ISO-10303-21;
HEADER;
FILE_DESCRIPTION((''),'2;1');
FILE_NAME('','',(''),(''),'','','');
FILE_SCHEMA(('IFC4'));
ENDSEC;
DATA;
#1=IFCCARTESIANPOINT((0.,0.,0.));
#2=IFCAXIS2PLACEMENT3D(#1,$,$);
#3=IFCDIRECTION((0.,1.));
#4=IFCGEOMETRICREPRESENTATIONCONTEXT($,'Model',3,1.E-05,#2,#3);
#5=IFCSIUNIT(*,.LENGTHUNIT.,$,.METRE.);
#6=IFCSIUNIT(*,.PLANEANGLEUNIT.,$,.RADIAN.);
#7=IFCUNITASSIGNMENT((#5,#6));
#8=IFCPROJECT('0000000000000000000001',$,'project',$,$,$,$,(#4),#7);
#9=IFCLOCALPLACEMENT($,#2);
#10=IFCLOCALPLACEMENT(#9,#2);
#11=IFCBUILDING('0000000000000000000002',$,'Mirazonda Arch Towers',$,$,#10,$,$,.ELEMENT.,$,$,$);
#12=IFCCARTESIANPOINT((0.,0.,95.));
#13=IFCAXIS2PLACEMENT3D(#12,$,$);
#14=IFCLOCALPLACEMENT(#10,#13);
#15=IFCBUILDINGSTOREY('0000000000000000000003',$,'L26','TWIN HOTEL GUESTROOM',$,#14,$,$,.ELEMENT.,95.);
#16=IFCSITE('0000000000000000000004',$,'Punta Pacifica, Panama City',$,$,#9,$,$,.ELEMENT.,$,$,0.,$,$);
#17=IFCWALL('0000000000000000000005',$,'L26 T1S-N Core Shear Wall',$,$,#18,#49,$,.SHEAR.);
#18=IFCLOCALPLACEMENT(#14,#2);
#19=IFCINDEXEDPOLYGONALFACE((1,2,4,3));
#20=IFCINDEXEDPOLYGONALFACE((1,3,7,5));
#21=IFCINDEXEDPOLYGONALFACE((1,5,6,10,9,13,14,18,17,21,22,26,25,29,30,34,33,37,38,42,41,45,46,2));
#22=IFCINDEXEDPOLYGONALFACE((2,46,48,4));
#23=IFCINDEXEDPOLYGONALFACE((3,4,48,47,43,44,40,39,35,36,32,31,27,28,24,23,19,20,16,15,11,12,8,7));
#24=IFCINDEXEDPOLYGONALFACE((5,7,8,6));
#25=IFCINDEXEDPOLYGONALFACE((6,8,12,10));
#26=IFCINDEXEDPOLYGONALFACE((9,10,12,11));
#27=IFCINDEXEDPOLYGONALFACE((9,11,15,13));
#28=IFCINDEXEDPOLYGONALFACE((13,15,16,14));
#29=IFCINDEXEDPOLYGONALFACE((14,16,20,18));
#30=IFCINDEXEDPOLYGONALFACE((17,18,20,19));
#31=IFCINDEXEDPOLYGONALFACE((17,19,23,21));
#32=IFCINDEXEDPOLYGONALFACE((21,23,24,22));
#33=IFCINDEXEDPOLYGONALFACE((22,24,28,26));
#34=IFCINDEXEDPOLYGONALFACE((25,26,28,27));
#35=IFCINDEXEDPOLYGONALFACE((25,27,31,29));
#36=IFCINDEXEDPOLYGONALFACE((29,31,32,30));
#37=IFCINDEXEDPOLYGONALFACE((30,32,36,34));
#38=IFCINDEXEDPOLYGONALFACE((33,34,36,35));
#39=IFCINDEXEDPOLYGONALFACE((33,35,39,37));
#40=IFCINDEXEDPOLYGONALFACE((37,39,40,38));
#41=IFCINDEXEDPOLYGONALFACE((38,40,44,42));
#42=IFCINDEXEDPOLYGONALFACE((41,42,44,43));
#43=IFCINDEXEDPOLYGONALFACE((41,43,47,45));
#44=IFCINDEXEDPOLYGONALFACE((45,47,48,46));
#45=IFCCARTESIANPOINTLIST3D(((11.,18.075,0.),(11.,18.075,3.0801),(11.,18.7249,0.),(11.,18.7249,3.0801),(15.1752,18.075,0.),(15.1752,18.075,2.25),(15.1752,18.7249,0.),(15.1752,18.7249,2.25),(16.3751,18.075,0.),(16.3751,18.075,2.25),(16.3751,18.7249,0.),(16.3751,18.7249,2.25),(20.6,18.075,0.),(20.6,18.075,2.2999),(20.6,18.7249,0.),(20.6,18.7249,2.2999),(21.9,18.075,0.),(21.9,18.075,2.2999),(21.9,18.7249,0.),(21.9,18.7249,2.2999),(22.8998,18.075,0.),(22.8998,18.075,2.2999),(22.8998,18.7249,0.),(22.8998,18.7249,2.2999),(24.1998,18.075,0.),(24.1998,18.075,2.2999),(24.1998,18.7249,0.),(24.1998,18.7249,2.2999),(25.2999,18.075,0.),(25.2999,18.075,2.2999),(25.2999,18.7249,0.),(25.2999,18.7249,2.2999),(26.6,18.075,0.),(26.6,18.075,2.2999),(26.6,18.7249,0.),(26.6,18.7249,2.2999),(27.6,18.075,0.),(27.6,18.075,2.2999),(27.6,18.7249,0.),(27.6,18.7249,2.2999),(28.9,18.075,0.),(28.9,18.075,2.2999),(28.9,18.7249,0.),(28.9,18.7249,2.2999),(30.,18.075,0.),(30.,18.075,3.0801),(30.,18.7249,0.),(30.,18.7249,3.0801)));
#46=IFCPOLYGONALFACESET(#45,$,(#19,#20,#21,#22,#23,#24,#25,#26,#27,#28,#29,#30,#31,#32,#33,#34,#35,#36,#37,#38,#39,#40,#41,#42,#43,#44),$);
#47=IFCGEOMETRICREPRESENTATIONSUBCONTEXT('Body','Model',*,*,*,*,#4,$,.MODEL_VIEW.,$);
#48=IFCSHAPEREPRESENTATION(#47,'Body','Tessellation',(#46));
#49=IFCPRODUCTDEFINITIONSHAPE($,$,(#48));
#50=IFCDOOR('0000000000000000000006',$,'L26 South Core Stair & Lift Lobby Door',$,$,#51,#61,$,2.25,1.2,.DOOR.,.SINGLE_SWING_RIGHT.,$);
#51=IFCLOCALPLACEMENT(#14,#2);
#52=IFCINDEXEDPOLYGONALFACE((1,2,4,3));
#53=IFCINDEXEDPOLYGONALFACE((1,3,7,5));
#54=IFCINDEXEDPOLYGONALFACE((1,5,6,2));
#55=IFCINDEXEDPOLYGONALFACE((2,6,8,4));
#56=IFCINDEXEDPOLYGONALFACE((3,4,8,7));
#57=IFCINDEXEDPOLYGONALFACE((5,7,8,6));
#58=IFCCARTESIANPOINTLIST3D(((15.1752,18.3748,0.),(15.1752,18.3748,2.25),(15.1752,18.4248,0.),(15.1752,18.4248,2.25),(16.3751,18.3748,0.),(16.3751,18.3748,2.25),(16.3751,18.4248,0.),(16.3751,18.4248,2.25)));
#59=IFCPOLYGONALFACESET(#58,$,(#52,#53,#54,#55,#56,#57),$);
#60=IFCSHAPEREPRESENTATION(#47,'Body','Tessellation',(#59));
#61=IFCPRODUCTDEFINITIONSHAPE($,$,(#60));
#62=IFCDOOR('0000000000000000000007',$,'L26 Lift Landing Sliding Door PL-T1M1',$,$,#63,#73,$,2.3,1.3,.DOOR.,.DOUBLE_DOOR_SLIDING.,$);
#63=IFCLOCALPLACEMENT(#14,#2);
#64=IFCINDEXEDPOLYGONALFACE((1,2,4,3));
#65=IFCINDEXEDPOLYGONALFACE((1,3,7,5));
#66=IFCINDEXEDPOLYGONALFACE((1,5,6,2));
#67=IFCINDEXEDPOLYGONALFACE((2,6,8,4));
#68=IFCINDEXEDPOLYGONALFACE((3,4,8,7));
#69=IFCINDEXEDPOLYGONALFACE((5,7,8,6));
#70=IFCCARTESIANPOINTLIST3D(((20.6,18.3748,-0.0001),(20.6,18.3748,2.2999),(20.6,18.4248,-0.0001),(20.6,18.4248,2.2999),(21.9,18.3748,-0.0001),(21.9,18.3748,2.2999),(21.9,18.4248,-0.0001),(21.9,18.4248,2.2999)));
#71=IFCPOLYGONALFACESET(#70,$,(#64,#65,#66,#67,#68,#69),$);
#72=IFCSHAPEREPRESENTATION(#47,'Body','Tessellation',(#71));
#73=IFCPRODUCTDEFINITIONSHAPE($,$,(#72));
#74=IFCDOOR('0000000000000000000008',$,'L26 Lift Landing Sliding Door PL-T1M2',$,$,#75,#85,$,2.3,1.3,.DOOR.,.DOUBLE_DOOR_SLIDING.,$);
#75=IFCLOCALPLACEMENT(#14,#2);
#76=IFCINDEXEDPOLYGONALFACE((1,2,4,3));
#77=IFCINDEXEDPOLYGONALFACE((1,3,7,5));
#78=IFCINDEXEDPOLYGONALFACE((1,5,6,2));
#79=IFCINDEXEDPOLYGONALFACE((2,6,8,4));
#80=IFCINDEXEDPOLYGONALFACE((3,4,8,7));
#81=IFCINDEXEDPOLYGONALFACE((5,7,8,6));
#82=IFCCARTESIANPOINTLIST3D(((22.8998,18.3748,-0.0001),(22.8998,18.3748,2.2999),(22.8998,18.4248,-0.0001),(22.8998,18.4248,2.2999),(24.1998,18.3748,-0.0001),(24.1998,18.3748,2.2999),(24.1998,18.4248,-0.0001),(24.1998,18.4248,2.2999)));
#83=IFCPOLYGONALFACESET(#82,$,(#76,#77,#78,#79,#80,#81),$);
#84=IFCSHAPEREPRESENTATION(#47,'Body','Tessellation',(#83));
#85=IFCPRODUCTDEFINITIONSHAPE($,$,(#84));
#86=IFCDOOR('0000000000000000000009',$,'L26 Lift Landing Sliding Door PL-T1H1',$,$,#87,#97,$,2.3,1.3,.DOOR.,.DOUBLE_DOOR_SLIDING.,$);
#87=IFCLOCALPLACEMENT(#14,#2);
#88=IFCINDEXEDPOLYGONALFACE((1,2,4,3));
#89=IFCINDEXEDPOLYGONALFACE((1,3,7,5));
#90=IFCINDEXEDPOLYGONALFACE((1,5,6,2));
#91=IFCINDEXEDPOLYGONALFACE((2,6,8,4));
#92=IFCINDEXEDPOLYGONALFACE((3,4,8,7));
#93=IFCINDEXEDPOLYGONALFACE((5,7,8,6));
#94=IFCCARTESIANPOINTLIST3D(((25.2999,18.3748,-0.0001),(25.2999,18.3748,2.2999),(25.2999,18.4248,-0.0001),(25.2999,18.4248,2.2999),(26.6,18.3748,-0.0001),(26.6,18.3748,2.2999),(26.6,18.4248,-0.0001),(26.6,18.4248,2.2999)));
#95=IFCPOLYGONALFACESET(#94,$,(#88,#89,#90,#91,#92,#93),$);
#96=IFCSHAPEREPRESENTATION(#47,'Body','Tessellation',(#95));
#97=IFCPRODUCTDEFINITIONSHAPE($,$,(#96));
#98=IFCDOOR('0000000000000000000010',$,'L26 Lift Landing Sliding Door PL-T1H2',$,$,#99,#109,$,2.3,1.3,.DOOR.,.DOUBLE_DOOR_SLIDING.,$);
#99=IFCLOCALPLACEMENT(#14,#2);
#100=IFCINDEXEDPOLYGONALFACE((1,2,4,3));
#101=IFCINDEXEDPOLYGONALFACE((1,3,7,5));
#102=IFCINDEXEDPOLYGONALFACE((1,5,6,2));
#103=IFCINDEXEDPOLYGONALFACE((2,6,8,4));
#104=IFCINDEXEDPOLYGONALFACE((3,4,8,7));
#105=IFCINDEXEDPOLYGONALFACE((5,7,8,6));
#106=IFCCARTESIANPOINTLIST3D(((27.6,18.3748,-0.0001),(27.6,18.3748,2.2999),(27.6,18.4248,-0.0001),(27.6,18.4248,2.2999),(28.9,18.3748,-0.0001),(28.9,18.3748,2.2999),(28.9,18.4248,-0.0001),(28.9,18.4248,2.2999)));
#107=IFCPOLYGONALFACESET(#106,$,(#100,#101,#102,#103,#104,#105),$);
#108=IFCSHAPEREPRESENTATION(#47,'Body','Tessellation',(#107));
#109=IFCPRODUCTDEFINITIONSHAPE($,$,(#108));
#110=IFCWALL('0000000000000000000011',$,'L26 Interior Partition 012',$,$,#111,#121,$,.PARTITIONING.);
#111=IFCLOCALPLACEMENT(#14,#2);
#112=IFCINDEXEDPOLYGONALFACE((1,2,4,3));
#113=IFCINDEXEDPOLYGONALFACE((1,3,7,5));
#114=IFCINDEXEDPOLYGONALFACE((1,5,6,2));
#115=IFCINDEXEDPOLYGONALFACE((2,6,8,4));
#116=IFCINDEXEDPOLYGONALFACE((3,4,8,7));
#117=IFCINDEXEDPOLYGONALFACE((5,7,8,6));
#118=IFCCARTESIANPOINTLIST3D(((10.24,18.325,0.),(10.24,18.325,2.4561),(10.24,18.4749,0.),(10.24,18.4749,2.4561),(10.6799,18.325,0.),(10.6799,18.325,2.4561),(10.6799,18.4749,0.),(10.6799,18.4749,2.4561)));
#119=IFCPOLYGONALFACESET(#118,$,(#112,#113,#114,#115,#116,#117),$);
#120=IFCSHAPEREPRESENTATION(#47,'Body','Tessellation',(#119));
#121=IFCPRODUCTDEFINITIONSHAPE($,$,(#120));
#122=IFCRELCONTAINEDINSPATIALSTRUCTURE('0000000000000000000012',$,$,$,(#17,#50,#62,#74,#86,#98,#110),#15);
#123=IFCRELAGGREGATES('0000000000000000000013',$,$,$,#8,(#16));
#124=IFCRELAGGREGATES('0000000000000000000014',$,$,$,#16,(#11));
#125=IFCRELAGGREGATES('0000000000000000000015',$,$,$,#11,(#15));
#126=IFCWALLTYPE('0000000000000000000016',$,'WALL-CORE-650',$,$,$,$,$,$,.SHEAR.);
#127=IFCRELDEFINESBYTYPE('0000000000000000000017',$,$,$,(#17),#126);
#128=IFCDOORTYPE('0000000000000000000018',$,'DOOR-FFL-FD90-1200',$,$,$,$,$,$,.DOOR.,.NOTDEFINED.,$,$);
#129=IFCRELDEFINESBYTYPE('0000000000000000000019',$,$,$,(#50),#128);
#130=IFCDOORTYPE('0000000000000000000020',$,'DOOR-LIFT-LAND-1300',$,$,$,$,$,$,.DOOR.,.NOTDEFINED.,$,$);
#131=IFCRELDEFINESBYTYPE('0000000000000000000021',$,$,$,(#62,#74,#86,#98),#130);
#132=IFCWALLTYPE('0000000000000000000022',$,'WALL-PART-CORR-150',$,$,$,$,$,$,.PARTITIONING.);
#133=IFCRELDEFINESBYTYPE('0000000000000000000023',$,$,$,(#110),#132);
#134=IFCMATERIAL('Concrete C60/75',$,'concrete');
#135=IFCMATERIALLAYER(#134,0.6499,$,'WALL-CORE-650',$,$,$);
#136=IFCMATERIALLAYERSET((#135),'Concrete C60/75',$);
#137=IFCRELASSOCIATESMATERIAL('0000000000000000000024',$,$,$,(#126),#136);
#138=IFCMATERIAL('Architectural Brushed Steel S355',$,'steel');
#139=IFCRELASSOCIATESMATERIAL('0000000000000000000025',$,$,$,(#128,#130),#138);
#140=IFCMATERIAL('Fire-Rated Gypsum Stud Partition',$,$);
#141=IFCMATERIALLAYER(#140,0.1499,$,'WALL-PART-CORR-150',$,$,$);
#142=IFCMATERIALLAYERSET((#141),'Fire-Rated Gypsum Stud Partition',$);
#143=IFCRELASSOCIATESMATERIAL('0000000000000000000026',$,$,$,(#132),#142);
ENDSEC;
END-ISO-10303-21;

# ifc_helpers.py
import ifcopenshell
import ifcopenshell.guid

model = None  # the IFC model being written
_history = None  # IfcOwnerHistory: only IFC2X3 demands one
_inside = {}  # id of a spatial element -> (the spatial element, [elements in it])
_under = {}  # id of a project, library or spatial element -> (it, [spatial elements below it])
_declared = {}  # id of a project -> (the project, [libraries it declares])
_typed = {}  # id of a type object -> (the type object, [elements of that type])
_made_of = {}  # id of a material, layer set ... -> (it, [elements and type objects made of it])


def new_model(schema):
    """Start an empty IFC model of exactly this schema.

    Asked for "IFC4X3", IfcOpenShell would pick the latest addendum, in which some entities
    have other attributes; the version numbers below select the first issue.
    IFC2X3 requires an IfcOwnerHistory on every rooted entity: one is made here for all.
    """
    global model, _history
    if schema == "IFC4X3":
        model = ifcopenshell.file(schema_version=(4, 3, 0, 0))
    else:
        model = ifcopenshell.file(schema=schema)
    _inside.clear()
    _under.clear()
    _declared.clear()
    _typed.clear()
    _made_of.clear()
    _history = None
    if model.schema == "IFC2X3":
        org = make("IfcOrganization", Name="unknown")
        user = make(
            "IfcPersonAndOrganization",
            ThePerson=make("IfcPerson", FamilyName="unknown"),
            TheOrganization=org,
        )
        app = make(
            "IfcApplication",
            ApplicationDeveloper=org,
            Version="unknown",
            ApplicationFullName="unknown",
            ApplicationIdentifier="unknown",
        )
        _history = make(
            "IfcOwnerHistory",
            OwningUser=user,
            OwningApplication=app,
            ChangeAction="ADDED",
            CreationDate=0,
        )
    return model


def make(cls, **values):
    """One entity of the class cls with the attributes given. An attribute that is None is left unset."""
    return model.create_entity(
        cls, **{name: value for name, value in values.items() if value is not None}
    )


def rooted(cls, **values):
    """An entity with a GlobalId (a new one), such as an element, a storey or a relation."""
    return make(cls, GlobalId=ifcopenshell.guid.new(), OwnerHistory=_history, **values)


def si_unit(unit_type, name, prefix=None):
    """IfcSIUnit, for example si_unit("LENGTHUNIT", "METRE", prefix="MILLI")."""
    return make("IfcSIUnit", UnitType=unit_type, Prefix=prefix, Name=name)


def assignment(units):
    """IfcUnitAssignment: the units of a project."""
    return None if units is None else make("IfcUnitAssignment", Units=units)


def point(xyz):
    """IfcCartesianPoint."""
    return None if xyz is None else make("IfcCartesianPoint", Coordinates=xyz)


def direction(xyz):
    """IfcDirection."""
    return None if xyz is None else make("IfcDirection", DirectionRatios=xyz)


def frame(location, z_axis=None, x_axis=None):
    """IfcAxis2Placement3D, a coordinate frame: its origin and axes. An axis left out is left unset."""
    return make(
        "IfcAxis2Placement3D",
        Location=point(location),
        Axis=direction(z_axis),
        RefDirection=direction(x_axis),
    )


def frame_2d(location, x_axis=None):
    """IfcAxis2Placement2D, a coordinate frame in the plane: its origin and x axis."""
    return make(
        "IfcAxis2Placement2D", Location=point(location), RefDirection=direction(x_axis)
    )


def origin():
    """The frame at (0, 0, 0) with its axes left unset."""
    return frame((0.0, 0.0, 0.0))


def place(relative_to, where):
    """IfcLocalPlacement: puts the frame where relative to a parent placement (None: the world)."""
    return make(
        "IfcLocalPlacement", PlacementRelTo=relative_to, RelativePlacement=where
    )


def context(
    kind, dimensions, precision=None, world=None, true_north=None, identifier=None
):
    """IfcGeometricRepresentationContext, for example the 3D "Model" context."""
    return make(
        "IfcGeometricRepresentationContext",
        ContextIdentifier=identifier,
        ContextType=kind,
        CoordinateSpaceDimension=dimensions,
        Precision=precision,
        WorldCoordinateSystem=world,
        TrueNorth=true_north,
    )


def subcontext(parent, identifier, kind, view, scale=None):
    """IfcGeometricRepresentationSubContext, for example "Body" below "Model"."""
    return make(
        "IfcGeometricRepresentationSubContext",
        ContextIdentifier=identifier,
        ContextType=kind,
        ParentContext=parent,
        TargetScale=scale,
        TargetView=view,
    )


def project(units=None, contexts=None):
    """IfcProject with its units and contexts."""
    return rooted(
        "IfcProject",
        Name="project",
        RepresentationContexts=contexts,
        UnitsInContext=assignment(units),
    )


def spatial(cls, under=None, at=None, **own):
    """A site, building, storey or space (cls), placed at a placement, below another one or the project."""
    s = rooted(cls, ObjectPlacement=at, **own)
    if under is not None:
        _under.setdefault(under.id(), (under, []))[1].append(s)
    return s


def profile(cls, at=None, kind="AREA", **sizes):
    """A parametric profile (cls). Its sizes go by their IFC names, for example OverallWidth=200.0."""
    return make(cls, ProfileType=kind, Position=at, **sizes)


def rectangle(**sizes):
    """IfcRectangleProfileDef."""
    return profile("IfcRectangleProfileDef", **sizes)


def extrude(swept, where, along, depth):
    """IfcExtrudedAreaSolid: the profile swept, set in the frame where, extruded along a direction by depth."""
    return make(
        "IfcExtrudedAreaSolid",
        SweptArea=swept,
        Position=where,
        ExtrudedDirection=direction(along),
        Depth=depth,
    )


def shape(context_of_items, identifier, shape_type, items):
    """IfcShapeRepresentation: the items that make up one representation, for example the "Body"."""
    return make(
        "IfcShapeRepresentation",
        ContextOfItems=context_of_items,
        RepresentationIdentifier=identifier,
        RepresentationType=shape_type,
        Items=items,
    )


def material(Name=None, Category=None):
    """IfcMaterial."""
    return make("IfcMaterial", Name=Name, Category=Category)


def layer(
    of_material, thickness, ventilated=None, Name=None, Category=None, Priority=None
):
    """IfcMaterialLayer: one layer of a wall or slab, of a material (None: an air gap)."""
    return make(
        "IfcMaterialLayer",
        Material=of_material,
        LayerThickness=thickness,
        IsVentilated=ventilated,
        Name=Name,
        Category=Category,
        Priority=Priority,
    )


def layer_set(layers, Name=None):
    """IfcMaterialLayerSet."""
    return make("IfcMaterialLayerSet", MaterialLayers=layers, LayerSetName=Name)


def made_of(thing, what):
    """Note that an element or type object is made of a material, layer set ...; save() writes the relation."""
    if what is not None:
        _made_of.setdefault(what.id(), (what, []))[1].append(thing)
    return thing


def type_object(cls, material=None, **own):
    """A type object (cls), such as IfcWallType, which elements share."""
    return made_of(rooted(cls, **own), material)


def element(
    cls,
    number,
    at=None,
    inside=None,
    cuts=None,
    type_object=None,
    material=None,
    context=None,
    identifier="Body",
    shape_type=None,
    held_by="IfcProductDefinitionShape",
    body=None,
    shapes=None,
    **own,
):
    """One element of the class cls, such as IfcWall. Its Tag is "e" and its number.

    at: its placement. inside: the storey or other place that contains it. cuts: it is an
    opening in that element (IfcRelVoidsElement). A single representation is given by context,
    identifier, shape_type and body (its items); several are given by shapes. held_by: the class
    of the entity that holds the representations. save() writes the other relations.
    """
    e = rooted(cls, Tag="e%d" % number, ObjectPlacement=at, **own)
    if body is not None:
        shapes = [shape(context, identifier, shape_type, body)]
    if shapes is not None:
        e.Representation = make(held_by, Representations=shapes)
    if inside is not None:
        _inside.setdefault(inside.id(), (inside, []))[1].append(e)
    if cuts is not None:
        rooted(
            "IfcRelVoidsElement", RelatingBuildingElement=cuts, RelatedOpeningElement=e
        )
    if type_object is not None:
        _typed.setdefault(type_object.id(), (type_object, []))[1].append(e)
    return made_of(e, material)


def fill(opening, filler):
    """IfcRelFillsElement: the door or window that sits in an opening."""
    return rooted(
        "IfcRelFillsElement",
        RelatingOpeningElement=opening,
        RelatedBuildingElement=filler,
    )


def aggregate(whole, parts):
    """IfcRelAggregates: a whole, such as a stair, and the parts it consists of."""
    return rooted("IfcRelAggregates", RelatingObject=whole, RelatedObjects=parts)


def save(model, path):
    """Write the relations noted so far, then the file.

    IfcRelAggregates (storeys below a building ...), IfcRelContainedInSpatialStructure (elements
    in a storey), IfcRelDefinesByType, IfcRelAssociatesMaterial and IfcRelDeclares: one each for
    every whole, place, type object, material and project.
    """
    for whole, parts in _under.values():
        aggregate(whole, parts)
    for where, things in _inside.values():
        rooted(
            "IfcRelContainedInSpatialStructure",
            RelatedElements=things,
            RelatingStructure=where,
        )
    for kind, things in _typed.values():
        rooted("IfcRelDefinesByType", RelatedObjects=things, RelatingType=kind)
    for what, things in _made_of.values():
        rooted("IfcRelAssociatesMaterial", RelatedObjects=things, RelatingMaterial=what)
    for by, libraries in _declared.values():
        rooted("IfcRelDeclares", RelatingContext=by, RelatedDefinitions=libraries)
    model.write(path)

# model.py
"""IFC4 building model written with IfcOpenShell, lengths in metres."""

from ifc_helpers import new_model, si_unit, direction, frame, frame_2d, origin, place, context, subcontext, project, spatial, rectangle, extrude, material, layer, layer_set, type_object, element, fill, save


model = new_model("IFC4")

# Units and contexts
model_context = context("Model", 3, precision=1e-05, world=origin(), true_north=direction((0.0, 1.0)))
body_context = subcontext(model_context, "Body", "Model", "MODEL_VIEW")
ifc_project = project(units=[si_unit("LENGTHUNIT", "METRE"), si_unit("PLANEANGLEUNIT", "RADIAN")], contexts=[model_context])

# Site, building, storey
site_placement = place(None, origin())
site = spatial("IfcSite", under=ifc_project, at=site_placement, Name="Punta Pacifica, Panama City", CompositionType="ELEMENT", RefElevation=0.0)
building_placement = place(site_placement, origin())
building = spatial("IfcBuilding", under=site, at=building_placement, Name="Mirazonda Arch Towers", CompositionType="ELEMENT")
storey_placement = place(building_placement, frame((0.0, 0.0, 95.0)))
storey = spatial("IfcBuildingStorey", under=building, at=storey_placement, Name="L26", Description="TWIN HOTEL GUESTROOM", CompositionType="ELEMENT", Elevation=95.0)

# Shared definitions
ifc_material_1 = material(Name="Architectural Brushed Steel S355", Category="steel")

# Wall, openings, doors
ifc_material_2 = material(Name="Concrete C60/75", Category="concrete")
ifc_layer_1 = layer(ifc_material_2, 0.6499, Name="WALL-CORE-650")
ifc_layer_set_1 = layer_set([ifc_layer_1], Name="Concrete C60/75")
wall_type_1 = type_object("IfcWallType", Name="WALL-CORE-650", PredefinedType="SHEAR", material=ifc_layer_set_1)
wall_1_placement = place(storey_placement, frame((11.0, 18.3999, 0.0), z_axis=(0.0, 0.0, 1.0), x_axis=(1.0, 0.0, 0.0)))
wall_1 = element("IfcWall", 1, at=wall_1_placement, inside=storey, type_object=wall_type_1, Name="L26 T1S-N Core Shear Wall", PredefinedType="SHEAR", context=body_context, shape_type="SweptSolid", body=[
    extrude(rectangle(XDim=19.0, YDim=0.6499, at=frame_2d((9.5, 0.0))), origin(), (0.0, 0.0, 1.0), 3.0801),
])
opening_1_placement = place(wall_1_placement, frame((4.175, 0.0, 0.0)))
opening_1 = element("IfcOpeningElement", 2, at=opening_1_placement, cuts=wall_1, PredefinedType="OPENING", context=body_context, shape_type="SweptSolid", body=[
    extrude(rectangle(XDim=1.2, YDim=2.25, at=frame_2d((0.6001, 1.125))), frame((0.0, 0.335, 0.0), z_axis=(0.0, -1.0, 0.0), x_axis=(1.0, 0.0, 0.0)), (0.0, 0.0, 1.0), 0.6699),
])
opening_2_placement = place(wall_1_placement, frame((9.6001, 0.0, 0.0)))
opening_2 = element("IfcOpeningElement", 3, at=opening_2_placement, cuts=wall_1, PredefinedType="OPENING", context=body_context, shape_type="SweptSolid", body=[
    extrude(rectangle(XDim=1.3, YDim=2.3, at=frame_2d((0.6499, 1.1499))), frame((0.0, 0.335, 0.0), z_axis=(0.0, -1.0, 0.0), x_axis=(1.0, 0.0, 0.0)), (0.0, 0.0, 1.0), 0.6699),
])
opening_3_placement = place(wall_1_placement, frame((11.8999, 0.0, 0.0)))
opening_3 = element("IfcOpeningElement", 4, at=opening_3_placement, cuts=wall_1, PredefinedType="OPENING", context=body_context, shape_type="SweptSolid", body=[
    extrude(rectangle(XDim=1.3, YDim=2.3, at=frame_2d((0.6499, 1.1499))), frame((0.0, 0.335, 0.0), z_axis=(0.0, -1.0, 0.0), x_axis=(1.0, 0.0, 0.0)), (0.0, 0.0, 1.0), 0.6699),
])
opening_4_placement = place(wall_1_placement, frame((14.3, 0.0, 0.0)))
opening_4 = element("IfcOpeningElement", 5, at=opening_4_placement, cuts=wall_1, PredefinedType="OPENING", context=body_context, shape_type="SweptSolid", body=[
    extrude(rectangle(XDim=1.3, YDim=2.3, at=frame_2d((0.6499, 1.1499))), frame((0.0, 0.335, 0.0), z_axis=(0.0, -1.0, 0.0), x_axis=(1.0, 0.0, 0.0)), (0.0, 0.0, 1.0), 0.6699),
])
opening_5_placement = place(wall_1_placement, frame((16.6001, 0.0, 0.0)))
opening_5 = element("IfcOpeningElement", 6, at=opening_5_placement, cuts=wall_1, PredefinedType="OPENING", context=body_context, shape_type="SweptSolid", body=[
    extrude(rectangle(XDim=1.3, YDim=2.3, at=frame_2d((0.6499, 1.1499))), frame((0.0, 0.335, 0.0), z_axis=(0.0, -1.0, 0.0), x_axis=(1.0, 0.0, 0.0)), (0.0, 0.0, 1.0), 0.6699),
])
door_type_1 = type_object("IfcDoorType", Name="DOOR-FFL-FD90-1200", OperationType="NOTDEFINED", PredefinedType="DOOR", material=ifc_material_1)
door_1_placement = place(opening_1_placement, origin())
door_1 = element("IfcDoor", 7, at=door_1_placement, inside=storey, type_object=door_type_1, Name="L26 South Core Stair & Lift Lobby Door", OperationType="SINGLE_SWING_RIGHT", OverallHeight=2.25, OverallWidth=1.2, PredefinedType="DOOR", context=body_context, shape_type="SweptSolid", body=[
    extrude(rectangle(XDim=1.2, YDim=2.25, at=frame_2d((0.6001, 1.125))), frame((0.0, 0.0249, 0.0), z_axis=(0.0, -1.0, 0.0), x_axis=(1.0, 0.0, 0.0)), (0.0, 0.0, 1.0), 0.05),
])
fill(opening_1, door_1)
door_type_2 = type_object("IfcDoorType", Name="DOOR-LIFT-LAND-1300", OperationType="NOTDEFINED", PredefinedType="DOOR", material=ifc_material_1)
door_2_placement = place(opening_2_placement, origin())
door_2 = element("IfcDoor", 8, at=door_2_placement, inside=storey, type_object=door_type_2, Name="L26 Lift Landing Sliding Door PL-T1M1", OperationType="DOUBLE_DOOR_SLIDING", OverallHeight=2.3, OverallWidth=1.3, PredefinedType="DOOR", context=body_context, shape_type="SweptSolid", body=[
    extrude(rectangle(XDim=1.3, YDim=2.3, at=frame_2d((0.6499, 1.1499))), frame((0.0, 0.0249, 0.0), z_axis=(0.0, -1.0, 0.0), x_axis=(1.0, 0.0, 0.0)), (0.0, 0.0, 1.0), 0.05),
])
fill(opening_2, door_2)
door_3_placement = place(opening_3_placement, origin())
door_3 = element("IfcDoor", 9, at=door_3_placement, inside=storey, type_object=door_type_2, Name="L26 Lift Landing Sliding Door PL-T1M2", OperationType="DOUBLE_DOOR_SLIDING", OverallHeight=2.3, OverallWidth=1.3, PredefinedType="DOOR", context=body_context, shape_type="SweptSolid", body=[
    extrude(rectangle(XDim=1.3, YDim=2.3, at=frame_2d((0.6499, 1.1499))), frame((0.0, 0.0249, 0.0), z_axis=(0.0, -1.0, 0.0), x_axis=(1.0, 0.0, 0.0)), (0.0, 0.0, 1.0), 0.05),
])
fill(opening_3, door_3)
door_4_placement = place(opening_4_placement, origin())
door_4 = element("IfcDoor", 10, at=door_4_placement, inside=storey, type_object=door_type_2, Name="L26 Lift Landing Sliding Door PL-T1H1", OperationType="DOUBLE_DOOR_SLIDING", OverallHeight=2.3, OverallWidth=1.3, PredefinedType="DOOR", context=body_context, shape_type="SweptSolid", body=[
    extrude(rectangle(XDim=1.3, YDim=2.3, at=frame_2d((0.6499, 1.1499))), frame((0.0, 0.0249, 0.0), z_axis=(0.0, -1.0, 0.0), x_axis=(1.0, 0.0, 0.0)), (0.0, 0.0, 1.0), 0.05),
])
fill(opening_4, door_4)
door_5_placement = place(opening_5_placement, origin())
door_5 = element("IfcDoor", 11, at=door_5_placement, inside=storey, type_object=door_type_2, Name="L26 Lift Landing Sliding Door PL-T1H2", OperationType="DOUBLE_DOOR_SLIDING", OverallHeight=2.3, OverallWidth=1.3, PredefinedType="DOOR", context=body_context, shape_type="SweptSolid", body=[
    extrude(rectangle(XDim=1.3, YDim=2.3, at=frame_2d((0.6499, 1.1499))), frame((0.0, 0.0249, 0.0), z_axis=(0.0, -1.0, 0.0), x_axis=(1.0, 0.0, 0.0)), (0.0, 0.0, 1.0), 0.05),
])
fill(opening_5, door_5)

# Wall
ifc_material_3 = material(Name="Fire-Rated Gypsum Stud Partition")
ifc_layer_2 = layer(ifc_material_3, 0.1499, Name="WALL-PART-CORR-150")
ifc_layer_set_2 = layer_set([ifc_layer_2], Name="Fire-Rated Gypsum Stud Partition")
wall_type_2 = type_object("IfcWallType", Name="WALL-PART-CORR-150", PredefinedType="PARTITIONING", material=ifc_layer_set_2)
wall_2_placement = place(storey_placement, frame((10.24, 18.3999, 0.0), z_axis=(0.0, 0.0, 1.0), x_axis=(1.0, 0.0, 0.0)))
element("IfcWall", 12, at=wall_2_placement, inside=storey, type_object=wall_type_2, Name="L26 Interior Partition 012", PredefinedType="PARTITIONING", context=body_context, shape_type="SweptSolid", body=[
    extrude(rectangle(XDim=0.4399, YDim=0.1499, at=frame_2d((0.22, 0.0))), origin(), (0.0, 0.0, 1.0), 2.4561),
])

save(model, "model.ifc")
